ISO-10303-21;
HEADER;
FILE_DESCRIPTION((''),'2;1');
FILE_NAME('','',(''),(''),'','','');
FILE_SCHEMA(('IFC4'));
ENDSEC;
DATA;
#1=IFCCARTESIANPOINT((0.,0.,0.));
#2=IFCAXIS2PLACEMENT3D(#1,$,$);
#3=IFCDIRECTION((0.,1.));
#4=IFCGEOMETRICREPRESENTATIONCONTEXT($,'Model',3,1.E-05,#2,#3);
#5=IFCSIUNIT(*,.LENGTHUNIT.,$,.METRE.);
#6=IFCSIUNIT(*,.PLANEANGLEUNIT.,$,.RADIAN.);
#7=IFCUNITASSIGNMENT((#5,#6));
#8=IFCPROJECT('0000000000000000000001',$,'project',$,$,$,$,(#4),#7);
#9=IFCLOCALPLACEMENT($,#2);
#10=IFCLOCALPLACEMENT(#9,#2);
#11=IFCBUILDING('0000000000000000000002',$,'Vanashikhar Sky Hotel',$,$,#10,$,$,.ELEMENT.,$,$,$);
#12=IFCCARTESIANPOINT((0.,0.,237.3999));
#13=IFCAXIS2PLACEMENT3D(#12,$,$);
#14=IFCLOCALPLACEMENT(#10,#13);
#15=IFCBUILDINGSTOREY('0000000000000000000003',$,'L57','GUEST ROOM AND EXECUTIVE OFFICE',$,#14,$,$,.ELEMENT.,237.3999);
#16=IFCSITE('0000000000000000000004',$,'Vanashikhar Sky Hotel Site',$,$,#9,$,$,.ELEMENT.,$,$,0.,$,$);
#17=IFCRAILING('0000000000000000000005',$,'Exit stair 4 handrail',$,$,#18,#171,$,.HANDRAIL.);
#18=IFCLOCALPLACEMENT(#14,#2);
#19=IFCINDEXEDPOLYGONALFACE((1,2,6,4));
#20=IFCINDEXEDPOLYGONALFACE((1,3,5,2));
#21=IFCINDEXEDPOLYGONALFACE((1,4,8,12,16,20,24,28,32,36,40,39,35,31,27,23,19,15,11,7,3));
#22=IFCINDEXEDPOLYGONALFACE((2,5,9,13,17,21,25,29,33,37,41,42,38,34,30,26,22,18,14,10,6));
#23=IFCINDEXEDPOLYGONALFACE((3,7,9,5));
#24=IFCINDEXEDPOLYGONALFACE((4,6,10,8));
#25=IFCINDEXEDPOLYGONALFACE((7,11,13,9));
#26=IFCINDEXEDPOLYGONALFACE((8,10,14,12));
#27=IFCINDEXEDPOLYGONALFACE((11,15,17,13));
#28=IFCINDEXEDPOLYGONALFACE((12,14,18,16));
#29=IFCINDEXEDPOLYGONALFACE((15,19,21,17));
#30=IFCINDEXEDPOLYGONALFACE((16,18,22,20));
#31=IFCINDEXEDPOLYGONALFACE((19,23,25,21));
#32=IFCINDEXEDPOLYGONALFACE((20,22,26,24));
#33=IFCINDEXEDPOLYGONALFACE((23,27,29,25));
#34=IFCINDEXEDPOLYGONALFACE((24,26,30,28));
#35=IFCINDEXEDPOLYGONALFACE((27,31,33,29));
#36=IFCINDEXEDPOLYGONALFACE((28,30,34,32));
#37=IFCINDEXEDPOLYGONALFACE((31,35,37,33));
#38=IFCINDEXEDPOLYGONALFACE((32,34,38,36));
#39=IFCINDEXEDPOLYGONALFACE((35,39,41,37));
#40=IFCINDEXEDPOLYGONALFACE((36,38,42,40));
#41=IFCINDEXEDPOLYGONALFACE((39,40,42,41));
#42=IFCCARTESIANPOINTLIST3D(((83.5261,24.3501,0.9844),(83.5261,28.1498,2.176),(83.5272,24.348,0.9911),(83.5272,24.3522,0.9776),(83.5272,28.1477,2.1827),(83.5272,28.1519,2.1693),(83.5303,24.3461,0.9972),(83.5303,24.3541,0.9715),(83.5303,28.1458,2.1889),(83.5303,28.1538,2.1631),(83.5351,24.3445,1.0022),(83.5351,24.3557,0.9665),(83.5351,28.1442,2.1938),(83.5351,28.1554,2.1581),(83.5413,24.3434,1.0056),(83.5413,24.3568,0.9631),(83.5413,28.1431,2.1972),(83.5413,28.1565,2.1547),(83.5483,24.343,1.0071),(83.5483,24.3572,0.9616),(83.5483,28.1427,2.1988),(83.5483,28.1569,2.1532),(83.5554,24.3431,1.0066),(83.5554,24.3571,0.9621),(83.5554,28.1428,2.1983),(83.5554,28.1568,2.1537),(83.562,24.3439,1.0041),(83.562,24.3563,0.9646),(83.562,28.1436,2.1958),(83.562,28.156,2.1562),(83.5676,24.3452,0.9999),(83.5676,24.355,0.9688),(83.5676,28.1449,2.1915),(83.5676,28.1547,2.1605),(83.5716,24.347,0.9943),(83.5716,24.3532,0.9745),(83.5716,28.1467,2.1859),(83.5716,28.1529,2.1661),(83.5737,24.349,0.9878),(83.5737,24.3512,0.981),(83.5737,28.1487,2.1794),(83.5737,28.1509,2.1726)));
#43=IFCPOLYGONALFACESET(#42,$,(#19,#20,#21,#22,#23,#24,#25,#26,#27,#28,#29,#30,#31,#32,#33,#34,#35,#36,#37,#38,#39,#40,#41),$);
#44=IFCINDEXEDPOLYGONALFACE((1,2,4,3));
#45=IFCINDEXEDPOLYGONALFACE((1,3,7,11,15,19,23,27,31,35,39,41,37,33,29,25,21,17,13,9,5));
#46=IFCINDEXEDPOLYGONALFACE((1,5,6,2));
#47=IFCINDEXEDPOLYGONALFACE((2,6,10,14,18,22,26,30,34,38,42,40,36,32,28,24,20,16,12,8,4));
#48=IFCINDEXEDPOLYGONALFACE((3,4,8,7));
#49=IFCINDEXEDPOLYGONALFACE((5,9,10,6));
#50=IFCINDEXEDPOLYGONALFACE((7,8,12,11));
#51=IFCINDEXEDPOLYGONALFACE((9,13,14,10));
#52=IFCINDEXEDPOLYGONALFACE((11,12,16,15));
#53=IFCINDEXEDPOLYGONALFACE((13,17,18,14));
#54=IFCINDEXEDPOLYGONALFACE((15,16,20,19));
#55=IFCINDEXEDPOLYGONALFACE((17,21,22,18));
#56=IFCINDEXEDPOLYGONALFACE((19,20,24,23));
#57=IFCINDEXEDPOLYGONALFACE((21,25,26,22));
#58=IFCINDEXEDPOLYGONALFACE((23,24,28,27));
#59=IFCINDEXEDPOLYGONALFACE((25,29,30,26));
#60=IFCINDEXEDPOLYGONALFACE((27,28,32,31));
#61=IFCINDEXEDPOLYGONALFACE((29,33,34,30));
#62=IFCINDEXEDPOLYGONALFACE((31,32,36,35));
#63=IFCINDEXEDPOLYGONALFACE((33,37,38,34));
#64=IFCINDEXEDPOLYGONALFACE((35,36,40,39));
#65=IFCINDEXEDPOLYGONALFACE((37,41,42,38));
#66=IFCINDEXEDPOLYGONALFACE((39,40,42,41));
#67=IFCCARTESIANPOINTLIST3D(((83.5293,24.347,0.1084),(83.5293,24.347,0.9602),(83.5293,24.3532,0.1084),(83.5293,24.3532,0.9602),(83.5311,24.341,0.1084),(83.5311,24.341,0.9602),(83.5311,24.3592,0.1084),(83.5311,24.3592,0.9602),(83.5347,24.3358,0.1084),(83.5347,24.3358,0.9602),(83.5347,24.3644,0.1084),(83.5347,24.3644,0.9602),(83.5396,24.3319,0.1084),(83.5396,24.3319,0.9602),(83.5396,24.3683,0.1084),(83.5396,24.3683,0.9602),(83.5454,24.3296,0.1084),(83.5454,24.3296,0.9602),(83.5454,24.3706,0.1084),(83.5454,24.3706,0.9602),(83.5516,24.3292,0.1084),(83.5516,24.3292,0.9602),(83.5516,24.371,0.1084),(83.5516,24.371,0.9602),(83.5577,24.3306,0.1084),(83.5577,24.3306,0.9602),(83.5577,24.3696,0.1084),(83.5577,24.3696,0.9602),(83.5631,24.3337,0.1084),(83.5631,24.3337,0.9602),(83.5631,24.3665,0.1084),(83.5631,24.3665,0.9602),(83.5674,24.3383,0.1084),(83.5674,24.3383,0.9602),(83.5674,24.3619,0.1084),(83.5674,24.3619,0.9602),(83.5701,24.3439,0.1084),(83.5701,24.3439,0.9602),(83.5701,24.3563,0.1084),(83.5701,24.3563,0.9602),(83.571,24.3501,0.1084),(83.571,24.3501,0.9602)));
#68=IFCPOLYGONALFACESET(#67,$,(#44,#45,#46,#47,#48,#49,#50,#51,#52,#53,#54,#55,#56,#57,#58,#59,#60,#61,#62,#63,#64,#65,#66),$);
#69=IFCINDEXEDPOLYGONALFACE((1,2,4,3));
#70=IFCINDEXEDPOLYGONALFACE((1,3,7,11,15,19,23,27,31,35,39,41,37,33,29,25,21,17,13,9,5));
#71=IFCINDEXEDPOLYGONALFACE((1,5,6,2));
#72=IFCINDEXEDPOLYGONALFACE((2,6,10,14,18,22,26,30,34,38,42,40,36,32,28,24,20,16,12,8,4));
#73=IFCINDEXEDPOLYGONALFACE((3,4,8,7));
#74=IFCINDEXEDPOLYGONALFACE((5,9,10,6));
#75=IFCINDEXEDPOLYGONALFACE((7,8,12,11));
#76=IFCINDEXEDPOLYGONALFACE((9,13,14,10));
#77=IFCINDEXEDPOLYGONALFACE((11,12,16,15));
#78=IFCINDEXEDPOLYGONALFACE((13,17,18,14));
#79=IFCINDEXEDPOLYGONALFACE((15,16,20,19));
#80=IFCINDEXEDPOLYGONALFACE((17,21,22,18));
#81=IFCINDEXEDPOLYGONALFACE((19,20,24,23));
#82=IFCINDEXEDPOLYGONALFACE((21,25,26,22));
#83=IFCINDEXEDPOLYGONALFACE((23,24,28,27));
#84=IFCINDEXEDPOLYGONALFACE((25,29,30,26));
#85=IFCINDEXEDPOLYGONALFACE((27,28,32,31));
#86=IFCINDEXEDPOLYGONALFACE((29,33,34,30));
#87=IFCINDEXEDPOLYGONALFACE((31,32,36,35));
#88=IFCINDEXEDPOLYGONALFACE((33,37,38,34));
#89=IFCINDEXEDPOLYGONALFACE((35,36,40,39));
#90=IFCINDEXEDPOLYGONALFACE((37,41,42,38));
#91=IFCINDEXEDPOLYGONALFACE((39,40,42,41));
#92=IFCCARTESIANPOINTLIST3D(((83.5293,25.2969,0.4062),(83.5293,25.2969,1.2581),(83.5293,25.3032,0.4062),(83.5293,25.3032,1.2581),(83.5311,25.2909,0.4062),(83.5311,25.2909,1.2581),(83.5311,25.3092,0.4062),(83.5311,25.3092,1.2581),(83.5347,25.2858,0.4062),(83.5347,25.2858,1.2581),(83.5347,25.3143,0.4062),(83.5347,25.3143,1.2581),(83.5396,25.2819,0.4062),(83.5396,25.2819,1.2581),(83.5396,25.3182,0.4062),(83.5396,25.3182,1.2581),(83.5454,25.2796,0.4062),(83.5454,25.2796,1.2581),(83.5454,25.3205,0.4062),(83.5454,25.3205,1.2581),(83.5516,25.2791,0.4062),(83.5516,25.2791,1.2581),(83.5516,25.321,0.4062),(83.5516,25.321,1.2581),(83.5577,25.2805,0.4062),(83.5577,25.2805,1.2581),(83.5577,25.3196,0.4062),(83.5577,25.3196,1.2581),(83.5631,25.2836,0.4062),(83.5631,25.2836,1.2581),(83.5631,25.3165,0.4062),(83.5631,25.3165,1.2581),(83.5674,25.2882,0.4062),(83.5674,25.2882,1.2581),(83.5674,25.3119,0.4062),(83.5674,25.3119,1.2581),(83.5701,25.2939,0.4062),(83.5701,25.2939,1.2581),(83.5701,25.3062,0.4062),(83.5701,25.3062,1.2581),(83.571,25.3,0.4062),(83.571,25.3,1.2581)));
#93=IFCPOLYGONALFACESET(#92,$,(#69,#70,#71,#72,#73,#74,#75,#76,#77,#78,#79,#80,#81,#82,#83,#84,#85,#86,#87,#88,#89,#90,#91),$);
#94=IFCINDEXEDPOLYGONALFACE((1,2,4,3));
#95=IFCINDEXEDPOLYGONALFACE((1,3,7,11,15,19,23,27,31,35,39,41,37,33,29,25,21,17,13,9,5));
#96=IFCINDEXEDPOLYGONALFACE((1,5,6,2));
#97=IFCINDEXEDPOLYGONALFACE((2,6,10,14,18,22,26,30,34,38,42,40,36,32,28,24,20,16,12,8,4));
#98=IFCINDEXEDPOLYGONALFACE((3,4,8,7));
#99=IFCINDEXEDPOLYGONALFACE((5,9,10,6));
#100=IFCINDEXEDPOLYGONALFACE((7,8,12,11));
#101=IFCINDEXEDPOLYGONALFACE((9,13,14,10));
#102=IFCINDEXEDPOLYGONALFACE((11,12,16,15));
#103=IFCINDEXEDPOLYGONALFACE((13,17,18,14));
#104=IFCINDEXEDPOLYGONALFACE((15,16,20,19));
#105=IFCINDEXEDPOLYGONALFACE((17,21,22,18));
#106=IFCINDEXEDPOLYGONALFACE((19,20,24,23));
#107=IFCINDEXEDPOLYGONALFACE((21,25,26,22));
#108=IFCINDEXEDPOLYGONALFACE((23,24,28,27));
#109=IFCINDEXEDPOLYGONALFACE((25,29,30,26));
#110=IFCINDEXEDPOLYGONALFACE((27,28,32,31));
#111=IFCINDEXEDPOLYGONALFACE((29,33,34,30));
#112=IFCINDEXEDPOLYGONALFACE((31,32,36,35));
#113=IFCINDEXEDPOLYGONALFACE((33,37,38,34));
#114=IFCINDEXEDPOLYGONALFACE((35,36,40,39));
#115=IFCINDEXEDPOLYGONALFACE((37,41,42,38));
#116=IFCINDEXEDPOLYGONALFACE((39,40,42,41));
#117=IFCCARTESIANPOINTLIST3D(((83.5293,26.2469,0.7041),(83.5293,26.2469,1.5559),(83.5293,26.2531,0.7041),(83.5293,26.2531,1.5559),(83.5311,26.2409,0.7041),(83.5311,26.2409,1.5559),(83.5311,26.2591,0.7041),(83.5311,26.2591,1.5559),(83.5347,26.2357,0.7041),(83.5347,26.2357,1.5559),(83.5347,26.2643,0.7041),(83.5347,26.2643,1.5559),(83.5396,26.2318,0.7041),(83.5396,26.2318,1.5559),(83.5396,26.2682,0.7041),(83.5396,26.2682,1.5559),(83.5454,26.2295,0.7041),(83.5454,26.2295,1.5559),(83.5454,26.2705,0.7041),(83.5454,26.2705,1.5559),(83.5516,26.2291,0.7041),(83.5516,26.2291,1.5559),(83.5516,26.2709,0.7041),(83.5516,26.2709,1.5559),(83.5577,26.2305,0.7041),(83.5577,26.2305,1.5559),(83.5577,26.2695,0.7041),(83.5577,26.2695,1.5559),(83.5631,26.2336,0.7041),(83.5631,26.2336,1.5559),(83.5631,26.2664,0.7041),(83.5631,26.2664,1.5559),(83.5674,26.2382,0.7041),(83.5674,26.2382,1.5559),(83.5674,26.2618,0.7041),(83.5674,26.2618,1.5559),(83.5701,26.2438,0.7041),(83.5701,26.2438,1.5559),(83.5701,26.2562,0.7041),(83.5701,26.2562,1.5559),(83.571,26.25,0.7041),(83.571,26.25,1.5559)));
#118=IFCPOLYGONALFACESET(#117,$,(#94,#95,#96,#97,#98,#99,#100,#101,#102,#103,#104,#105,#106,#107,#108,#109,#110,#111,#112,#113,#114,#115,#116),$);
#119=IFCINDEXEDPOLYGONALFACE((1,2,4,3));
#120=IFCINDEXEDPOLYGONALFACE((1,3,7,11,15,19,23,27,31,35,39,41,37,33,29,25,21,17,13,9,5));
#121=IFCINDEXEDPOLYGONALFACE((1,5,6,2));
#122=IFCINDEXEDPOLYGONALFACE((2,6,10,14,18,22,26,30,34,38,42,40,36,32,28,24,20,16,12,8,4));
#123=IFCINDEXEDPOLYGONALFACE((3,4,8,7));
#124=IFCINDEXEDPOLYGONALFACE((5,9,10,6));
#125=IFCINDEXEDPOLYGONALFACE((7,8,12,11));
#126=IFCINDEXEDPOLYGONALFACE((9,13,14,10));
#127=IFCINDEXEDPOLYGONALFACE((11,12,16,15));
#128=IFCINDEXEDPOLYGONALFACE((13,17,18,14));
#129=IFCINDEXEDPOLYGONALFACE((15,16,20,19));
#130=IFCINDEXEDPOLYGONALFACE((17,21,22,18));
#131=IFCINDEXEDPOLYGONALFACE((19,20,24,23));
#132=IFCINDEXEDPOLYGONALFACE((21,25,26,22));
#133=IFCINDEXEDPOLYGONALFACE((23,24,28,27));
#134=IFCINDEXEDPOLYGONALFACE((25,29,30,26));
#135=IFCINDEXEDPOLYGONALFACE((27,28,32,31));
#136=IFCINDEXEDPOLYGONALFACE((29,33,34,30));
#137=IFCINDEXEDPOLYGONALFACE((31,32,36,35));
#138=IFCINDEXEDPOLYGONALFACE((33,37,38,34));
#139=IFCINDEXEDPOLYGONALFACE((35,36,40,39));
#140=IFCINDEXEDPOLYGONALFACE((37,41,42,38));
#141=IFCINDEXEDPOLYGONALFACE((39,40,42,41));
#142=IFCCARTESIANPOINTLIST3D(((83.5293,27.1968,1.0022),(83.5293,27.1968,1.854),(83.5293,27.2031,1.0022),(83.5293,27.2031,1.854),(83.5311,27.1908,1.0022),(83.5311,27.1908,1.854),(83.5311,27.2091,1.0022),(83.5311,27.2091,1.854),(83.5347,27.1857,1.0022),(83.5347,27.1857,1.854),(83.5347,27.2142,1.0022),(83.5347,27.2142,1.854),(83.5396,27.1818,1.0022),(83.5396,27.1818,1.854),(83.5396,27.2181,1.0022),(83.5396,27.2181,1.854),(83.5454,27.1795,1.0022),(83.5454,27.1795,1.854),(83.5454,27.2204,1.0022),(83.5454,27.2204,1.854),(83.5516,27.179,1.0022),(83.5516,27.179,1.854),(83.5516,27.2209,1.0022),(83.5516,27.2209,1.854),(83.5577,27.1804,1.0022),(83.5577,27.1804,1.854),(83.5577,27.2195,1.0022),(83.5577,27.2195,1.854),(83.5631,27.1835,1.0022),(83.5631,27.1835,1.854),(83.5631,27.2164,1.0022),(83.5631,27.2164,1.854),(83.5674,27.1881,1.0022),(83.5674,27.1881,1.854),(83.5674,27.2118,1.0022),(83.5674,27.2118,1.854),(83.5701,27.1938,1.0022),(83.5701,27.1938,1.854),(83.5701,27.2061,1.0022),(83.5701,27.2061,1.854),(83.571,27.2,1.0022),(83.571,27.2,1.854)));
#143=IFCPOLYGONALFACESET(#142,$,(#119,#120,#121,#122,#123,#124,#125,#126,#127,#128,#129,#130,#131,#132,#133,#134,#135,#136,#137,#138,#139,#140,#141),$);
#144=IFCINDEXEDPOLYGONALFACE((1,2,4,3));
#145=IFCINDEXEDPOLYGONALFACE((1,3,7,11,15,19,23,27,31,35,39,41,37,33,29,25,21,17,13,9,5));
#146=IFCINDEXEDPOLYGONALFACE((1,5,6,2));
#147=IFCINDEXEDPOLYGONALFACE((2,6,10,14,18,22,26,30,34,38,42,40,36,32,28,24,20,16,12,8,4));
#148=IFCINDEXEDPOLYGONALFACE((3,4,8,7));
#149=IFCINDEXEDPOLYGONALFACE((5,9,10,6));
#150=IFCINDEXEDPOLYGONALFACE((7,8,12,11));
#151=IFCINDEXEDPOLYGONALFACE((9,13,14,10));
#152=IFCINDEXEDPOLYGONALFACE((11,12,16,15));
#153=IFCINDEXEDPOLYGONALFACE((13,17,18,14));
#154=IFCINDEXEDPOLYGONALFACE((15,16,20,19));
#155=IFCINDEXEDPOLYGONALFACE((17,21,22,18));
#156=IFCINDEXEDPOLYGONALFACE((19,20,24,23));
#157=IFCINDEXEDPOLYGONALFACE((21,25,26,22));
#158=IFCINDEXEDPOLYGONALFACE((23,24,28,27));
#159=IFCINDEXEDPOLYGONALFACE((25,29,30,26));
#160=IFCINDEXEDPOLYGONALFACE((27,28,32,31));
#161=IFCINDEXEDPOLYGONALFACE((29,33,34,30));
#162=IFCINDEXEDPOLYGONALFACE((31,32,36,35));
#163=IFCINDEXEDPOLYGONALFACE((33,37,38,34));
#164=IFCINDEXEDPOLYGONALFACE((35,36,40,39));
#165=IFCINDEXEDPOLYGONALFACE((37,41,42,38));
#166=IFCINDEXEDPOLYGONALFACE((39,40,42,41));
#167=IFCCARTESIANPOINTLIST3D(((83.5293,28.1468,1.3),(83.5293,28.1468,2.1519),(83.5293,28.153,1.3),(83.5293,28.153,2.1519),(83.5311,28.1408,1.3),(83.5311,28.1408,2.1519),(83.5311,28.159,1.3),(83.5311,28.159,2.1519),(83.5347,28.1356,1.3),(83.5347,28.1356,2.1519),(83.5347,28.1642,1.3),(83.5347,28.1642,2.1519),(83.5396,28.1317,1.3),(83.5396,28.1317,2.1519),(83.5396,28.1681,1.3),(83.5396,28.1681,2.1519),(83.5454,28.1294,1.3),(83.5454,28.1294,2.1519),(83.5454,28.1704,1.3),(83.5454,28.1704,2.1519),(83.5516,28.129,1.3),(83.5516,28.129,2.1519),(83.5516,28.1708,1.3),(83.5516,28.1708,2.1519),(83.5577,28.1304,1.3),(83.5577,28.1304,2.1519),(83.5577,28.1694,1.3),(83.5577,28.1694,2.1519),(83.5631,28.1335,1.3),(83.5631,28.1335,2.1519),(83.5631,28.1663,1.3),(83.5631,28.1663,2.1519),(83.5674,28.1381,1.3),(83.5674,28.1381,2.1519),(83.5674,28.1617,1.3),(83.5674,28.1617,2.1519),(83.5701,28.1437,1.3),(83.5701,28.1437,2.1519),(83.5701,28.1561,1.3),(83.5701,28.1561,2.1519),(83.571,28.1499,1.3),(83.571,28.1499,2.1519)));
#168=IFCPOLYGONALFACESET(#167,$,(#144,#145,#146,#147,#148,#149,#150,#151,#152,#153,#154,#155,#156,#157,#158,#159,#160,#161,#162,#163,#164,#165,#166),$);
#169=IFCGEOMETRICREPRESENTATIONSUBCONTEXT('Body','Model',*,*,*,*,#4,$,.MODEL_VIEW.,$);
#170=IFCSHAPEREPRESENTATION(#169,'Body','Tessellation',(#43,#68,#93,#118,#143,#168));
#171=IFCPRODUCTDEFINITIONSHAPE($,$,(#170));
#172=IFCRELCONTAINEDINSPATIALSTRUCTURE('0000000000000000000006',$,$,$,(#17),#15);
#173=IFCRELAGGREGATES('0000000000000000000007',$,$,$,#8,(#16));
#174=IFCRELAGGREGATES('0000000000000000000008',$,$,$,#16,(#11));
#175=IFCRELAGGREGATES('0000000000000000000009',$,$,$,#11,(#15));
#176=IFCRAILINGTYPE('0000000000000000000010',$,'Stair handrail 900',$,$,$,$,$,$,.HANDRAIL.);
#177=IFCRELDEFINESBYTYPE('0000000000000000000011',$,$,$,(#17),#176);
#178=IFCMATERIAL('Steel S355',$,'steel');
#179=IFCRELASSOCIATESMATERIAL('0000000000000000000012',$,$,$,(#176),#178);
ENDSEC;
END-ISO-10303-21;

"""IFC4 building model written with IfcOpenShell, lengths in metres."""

from ifc_helpers import new_model, si_unit, direction, frame, origin, origin_2d, place, context, subcontext, project, spatial, circle, extrude, source, transform, mapped, material, type_object, element, save


model = new_model("IFC4")

# Units and contexts
model_context = context("Model", 3, precision=1e-05, world=origin(), true_north=direction((0.0, 1.0)))
body_context = subcontext(model_context, "Body", "Model", "MODEL_VIEW")
ifc_project = project(units=[si_unit("LENGTHUNIT", "METRE"), si_unit("PLANEANGLEUNIT", "RADIAN")], contexts=[model_context])

# Site, building, storey
site_placement = place(None, origin())
site = spatial("IfcSite", under=ifc_project, at=site_placement, Name="Vanashikhar Sky Hotel Site", CompositionType="ELEMENT", RefElevation=0.0)
building_placement = place(site_placement, origin())
building = spatial("IfcBuilding", under=site, at=building_placement, Name="Vanashikhar Sky Hotel", CompositionType="ELEMENT")
storey_placement = place(building_placement, frame((0.0, 0.0, 237.3999)))
storey = spatial("IfcBuildingStorey", under=building, at=storey_placement, Name="L57", Description="GUEST ROOM AND EXECUTIVE OFFICE", CompositionType="ELEMENT", Elevation=237.3999)

# Railing
ifc_material_1 = material(Name="Steel S355", Category="steel")
railing_type_1 = type_object("IfcRailingType", Name="Stair handrail 900", PredefinedType="HANDRAIL", material=ifc_material_1)
shared_shape_1 = source(origin(), body_context, "Body", "SweptSolid", [
    extrude(circle(Radius=0.0239, at=origin_2d()), frame((0.0, 0.0, 0.876), z_axis=(0.0, 0.954178, 0.299238), x_axis=(-1.0, 0.0, 0.0)), (0.0, 0.0, 1.0), 3.9822),
    extrude(circle(Radius=0.021, at=origin_2d()), origin(), (0.0, 0.0, 1.0), 0.8518),
    extrude(circle(Radius=0.021, at=origin_2d()), frame((0.0, 0.95, 0.2979)), (0.0, 0.0, 1.0), 0.8518),
    extrude(circle(Radius=0.021, at=origin_2d()), frame((0.0, 1.8999, 0.5957)), (0.0, 0.0, 1.0), 0.8518),
    extrude(circle(Radius=0.021, at=origin_2d()), frame((0.0, 2.8499, 0.8938)), (0.0, 0.0, 1.0), 0.8518),
    extrude(circle(Radius=0.021, at=origin_2d()), frame((0.0, 3.7998, 1.1917)), (0.0, 0.0, 1.0), 0.8518),
])
for number, where, name in (
    (1, (83.55, 24.3501, 0.1084), "Exit stair 4 handrail"),
):
    element("IfcRailing", number, at=place(storey_placement, frame(where)), inside=storey, type_object=railing_type_1, Name=name, PredefinedType="HANDRAIL", context=body_context, shape_type="MappedRepresentation", body=[
        mapped(shared_shape_1, transform((0.0, 0.0, 0.0), scale=1.0)),
    ])

save(model, "model.ifc")
